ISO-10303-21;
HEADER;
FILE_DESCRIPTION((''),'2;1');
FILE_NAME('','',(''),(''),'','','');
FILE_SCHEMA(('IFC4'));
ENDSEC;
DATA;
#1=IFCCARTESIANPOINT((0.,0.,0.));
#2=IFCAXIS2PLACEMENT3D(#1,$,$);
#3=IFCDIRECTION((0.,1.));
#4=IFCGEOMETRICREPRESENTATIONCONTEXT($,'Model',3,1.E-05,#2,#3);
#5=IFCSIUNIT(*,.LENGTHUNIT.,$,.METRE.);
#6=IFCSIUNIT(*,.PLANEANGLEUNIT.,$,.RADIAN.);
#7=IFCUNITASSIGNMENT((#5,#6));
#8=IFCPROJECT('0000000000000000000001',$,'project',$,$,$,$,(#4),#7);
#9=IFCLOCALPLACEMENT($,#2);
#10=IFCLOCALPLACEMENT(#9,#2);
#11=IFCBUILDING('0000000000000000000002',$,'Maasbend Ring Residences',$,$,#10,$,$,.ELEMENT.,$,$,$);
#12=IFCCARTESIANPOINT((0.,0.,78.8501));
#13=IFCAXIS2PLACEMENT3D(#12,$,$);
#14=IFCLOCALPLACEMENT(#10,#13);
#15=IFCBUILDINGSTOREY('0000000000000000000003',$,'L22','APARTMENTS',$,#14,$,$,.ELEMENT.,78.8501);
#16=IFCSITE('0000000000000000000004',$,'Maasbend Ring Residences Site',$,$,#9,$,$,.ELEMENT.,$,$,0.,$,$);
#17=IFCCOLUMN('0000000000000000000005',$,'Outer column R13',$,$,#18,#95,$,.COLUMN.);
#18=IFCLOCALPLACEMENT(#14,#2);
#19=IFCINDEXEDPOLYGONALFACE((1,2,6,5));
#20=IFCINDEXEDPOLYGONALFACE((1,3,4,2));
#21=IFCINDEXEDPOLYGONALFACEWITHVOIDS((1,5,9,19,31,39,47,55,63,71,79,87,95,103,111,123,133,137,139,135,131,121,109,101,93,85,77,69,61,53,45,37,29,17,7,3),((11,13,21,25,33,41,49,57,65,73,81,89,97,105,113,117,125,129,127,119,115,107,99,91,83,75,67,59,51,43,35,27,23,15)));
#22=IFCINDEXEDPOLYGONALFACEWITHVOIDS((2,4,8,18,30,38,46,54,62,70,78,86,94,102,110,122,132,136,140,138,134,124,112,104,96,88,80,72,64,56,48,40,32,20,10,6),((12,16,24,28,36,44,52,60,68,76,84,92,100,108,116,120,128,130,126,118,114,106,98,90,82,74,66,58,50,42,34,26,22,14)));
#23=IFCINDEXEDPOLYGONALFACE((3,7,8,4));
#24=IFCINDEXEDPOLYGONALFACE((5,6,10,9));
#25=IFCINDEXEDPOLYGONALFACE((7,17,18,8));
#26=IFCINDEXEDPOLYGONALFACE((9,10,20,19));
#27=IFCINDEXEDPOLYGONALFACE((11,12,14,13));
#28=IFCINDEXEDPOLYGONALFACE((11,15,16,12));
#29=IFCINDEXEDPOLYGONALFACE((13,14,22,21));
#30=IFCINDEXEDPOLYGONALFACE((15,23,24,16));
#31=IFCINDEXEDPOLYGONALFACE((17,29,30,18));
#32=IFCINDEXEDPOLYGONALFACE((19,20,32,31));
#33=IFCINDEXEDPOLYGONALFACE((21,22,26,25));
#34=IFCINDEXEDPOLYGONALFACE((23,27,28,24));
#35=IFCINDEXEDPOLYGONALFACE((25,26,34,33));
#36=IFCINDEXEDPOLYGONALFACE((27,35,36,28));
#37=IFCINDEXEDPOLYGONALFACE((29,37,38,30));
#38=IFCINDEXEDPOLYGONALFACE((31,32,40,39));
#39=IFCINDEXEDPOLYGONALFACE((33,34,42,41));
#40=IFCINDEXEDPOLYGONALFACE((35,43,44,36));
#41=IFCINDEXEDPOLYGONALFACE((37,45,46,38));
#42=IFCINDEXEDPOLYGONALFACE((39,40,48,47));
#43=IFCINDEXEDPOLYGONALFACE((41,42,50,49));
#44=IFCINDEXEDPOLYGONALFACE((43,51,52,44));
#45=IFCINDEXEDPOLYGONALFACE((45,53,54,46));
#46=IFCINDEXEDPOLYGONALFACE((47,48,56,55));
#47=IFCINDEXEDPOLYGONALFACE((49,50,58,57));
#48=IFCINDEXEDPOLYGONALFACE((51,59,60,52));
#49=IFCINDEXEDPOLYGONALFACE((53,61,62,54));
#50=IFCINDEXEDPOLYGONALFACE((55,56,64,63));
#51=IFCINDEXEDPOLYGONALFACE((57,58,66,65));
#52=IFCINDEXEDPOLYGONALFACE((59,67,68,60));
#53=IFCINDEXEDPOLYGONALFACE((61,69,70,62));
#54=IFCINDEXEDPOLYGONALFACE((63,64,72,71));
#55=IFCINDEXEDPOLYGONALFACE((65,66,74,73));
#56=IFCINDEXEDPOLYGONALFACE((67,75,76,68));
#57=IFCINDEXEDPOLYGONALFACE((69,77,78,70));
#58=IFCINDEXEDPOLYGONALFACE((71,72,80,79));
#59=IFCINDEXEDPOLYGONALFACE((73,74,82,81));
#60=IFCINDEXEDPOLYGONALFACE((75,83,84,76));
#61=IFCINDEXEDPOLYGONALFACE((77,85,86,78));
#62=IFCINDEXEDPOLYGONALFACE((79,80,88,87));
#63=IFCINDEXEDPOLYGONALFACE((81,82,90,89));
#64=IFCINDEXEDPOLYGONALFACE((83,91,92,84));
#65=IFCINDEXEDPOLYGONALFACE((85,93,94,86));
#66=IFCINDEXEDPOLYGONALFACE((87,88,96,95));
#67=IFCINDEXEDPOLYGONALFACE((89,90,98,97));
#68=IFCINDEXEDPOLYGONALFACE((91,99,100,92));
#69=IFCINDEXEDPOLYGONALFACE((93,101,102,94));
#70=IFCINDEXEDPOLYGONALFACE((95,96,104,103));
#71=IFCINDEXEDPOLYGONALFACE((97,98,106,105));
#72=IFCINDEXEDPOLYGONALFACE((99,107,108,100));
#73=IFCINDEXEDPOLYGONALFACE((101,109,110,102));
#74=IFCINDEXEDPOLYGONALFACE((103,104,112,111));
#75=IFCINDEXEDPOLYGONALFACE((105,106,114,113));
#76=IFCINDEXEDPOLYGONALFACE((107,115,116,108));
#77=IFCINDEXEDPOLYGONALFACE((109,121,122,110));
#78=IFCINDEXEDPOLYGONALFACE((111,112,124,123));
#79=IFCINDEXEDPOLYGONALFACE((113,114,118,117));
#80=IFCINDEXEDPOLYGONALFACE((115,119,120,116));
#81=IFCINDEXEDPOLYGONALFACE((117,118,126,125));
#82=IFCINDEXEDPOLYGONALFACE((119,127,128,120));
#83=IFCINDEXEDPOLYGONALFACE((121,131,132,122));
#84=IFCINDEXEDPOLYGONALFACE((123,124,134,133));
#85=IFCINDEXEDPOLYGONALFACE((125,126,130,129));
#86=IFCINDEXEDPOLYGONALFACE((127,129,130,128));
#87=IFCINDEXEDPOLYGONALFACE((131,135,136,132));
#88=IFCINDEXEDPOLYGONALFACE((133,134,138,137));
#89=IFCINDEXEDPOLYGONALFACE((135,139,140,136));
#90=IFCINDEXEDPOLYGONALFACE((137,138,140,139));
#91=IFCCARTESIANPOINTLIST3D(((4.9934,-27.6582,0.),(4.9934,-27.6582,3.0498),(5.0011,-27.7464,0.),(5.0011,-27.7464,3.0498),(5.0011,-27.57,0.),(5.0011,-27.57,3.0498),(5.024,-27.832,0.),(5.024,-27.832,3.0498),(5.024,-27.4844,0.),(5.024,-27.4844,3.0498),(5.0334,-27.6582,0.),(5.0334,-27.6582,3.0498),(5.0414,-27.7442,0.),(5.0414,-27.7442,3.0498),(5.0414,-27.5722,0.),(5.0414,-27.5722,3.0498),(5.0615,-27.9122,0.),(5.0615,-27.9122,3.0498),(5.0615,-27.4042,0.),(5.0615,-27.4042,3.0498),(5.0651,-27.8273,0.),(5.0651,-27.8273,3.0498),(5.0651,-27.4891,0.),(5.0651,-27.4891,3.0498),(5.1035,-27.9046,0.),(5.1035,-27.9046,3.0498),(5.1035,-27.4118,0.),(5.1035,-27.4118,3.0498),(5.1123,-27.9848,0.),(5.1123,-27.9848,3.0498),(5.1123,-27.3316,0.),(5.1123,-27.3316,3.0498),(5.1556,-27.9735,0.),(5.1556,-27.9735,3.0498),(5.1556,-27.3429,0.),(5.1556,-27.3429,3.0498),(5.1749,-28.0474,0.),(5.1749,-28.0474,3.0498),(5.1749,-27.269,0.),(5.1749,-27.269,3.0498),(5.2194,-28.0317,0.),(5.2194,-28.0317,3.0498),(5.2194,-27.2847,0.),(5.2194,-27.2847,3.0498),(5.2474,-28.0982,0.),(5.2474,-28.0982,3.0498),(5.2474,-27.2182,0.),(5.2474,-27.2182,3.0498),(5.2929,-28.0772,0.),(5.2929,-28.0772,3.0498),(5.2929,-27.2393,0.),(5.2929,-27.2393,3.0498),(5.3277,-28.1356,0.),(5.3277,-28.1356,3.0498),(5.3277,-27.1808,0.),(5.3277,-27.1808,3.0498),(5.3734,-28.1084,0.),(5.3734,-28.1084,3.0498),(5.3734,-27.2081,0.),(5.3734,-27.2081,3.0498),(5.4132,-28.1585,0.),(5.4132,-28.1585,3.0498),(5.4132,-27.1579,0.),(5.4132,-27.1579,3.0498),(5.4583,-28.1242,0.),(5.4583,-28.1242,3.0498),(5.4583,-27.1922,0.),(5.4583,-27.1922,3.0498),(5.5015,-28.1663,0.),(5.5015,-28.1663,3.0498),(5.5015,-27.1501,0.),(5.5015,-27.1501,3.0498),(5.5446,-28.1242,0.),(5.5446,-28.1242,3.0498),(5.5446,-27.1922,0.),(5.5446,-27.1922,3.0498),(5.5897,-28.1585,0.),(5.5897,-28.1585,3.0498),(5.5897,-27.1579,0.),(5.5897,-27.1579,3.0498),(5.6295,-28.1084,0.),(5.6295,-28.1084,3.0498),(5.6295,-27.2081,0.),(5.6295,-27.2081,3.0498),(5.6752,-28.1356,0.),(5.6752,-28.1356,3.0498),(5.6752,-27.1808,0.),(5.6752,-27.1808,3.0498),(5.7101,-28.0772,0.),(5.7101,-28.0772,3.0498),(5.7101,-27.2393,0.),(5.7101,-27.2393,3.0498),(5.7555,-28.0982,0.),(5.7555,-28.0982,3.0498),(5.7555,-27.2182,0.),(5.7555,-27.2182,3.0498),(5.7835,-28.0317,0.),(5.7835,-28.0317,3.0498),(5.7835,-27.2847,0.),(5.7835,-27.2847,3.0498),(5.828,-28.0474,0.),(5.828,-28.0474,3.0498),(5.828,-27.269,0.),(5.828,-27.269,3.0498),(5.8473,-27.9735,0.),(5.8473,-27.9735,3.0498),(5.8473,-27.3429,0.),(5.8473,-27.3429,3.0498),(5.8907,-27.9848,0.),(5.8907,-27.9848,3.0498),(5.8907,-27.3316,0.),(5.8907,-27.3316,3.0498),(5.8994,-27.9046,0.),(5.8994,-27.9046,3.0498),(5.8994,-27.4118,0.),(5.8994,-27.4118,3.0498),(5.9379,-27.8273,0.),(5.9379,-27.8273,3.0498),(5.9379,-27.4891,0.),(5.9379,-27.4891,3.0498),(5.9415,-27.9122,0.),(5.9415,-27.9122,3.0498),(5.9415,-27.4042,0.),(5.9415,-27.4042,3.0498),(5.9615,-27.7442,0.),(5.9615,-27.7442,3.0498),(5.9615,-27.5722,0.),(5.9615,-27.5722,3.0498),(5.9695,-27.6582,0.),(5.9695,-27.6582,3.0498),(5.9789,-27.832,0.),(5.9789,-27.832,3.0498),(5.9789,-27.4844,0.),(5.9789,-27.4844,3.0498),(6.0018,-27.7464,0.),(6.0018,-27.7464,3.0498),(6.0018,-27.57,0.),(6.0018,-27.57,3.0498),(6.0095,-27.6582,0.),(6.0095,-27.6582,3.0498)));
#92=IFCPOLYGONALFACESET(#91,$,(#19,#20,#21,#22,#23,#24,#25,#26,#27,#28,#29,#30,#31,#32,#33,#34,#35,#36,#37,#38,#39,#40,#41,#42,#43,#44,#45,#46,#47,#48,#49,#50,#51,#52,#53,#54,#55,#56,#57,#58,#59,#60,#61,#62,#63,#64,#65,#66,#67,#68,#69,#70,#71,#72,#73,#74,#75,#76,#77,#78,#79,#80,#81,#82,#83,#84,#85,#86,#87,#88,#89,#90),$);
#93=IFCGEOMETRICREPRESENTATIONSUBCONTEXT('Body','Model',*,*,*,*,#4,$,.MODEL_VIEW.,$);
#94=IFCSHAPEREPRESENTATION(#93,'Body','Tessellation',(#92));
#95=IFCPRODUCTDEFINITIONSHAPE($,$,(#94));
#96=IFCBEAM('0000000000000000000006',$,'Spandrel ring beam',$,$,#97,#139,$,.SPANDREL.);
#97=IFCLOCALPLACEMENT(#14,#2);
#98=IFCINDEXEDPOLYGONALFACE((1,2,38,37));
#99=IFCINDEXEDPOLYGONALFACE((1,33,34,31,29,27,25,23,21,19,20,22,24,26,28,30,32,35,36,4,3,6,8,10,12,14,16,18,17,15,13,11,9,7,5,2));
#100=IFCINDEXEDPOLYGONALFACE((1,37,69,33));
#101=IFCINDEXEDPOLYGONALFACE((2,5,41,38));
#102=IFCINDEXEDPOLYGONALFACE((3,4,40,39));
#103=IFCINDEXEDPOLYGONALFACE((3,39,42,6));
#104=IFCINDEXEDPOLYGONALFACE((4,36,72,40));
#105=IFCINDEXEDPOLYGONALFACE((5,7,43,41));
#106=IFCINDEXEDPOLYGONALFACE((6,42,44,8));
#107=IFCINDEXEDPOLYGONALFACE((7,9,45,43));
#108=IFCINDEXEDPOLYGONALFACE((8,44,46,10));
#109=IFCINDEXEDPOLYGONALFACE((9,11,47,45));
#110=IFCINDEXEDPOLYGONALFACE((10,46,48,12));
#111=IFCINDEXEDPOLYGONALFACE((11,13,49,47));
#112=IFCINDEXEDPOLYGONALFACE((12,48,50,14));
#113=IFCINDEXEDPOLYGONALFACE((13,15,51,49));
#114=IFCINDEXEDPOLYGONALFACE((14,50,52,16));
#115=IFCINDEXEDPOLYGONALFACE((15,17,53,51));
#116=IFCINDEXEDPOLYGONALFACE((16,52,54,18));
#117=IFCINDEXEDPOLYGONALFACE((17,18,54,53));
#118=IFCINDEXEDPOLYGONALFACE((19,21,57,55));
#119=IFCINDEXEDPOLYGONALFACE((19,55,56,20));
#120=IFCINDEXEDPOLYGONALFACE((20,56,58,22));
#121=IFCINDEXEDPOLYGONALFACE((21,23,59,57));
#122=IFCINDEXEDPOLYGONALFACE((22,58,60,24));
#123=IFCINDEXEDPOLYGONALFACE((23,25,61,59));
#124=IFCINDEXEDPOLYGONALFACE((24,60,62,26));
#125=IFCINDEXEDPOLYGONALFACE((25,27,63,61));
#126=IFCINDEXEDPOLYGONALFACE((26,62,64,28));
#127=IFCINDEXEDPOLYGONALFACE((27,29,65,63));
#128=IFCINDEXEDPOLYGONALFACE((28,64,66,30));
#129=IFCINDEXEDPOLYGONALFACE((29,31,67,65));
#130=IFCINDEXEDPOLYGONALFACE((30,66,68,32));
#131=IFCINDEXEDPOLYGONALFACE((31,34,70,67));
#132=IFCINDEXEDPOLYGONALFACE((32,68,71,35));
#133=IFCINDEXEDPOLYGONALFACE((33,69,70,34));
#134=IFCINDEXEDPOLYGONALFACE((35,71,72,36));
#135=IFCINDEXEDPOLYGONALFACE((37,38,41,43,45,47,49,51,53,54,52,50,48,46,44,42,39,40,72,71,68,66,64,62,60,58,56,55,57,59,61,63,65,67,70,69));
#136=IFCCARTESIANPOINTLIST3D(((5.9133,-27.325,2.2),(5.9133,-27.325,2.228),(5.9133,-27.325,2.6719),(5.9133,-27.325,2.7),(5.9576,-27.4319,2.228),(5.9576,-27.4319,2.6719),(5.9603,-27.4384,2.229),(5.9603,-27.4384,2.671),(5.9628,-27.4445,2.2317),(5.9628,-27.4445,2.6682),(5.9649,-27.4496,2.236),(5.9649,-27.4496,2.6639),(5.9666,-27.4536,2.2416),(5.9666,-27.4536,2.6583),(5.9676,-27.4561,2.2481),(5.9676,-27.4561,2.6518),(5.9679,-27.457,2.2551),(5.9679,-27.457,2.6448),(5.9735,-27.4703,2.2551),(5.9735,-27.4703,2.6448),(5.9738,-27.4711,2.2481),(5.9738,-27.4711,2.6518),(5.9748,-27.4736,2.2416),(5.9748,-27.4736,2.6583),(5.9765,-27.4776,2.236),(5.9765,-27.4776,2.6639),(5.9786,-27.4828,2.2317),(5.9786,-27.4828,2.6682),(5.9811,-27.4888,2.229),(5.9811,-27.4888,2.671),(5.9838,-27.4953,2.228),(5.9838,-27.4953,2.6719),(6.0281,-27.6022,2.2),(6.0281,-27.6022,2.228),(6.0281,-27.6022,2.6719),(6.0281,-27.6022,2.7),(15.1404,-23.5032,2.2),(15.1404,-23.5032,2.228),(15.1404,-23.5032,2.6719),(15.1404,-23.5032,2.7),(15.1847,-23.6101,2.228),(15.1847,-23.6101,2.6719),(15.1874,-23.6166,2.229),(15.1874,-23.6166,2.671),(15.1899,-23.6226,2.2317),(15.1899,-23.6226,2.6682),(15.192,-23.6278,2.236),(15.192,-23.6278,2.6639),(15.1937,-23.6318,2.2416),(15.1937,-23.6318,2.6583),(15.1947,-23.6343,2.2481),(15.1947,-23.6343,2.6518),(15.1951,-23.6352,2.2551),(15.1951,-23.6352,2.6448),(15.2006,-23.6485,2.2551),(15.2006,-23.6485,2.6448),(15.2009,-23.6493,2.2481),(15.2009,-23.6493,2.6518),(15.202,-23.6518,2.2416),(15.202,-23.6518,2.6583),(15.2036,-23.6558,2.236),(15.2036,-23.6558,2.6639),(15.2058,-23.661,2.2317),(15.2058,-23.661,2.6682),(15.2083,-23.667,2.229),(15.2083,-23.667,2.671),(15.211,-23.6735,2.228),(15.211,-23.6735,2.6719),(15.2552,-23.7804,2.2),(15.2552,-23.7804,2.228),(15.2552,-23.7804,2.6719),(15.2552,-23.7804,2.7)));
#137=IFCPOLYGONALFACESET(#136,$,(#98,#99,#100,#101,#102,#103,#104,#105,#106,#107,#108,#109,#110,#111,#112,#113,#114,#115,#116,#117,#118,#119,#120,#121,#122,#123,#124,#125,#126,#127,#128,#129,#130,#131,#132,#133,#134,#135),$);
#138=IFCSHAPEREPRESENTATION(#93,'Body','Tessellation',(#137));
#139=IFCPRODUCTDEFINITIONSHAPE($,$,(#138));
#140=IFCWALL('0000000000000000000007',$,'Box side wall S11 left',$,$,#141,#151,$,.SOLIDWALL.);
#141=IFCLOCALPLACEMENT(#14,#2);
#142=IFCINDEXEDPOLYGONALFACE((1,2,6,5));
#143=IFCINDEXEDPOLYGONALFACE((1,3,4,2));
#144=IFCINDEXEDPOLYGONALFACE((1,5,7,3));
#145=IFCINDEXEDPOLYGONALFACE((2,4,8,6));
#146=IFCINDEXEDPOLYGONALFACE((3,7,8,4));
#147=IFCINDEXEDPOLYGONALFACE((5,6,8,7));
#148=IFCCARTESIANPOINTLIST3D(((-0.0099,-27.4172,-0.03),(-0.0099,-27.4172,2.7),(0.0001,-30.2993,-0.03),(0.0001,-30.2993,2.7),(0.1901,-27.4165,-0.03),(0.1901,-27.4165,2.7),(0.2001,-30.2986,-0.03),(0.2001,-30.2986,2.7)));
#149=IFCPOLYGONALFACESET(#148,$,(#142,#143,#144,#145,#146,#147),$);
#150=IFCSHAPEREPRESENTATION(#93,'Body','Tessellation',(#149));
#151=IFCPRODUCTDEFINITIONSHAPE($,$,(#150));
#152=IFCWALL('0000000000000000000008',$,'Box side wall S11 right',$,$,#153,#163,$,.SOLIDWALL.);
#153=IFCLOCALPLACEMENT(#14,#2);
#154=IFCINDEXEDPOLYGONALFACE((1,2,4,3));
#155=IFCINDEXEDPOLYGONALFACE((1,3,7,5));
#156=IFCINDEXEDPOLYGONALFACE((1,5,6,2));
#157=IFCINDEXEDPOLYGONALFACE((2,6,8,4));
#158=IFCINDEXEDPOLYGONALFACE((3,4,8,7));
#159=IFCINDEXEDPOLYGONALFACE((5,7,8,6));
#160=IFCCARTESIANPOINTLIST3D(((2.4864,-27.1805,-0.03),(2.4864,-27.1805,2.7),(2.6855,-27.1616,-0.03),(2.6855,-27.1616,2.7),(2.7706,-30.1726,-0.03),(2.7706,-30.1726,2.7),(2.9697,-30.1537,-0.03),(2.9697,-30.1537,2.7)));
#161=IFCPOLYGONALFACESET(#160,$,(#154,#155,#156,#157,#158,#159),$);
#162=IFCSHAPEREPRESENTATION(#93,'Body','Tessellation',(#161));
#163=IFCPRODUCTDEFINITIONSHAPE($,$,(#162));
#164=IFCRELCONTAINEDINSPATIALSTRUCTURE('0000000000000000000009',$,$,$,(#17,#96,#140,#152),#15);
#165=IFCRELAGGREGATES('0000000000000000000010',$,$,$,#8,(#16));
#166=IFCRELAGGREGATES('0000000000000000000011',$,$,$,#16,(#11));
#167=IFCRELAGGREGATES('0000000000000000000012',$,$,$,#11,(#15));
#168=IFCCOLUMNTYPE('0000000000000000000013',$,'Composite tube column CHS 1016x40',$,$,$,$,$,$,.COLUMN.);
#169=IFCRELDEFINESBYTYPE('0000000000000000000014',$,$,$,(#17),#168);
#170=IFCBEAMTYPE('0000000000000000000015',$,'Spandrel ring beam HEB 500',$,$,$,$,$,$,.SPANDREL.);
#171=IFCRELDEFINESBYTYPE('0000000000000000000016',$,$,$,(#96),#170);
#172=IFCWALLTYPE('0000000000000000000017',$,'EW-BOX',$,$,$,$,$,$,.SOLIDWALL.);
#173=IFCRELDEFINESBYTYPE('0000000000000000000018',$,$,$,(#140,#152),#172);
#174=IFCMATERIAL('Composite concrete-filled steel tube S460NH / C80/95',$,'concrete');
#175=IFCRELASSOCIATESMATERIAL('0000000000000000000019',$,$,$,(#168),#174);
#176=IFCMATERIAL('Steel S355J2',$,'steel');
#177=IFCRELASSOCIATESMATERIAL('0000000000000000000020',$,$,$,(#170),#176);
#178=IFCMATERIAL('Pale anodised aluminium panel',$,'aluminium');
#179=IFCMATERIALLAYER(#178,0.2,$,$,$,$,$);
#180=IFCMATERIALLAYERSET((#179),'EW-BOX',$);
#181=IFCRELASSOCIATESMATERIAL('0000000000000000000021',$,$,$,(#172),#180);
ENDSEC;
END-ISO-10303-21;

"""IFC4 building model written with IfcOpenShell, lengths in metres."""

from ifc_helpers import new_model, si_unit, direction, frame, frame_2d, origin, origin_2d, place, context, subcontext, project, spatial, rectangle, hollow_circle, i_section, extrude, material, layer, layer_set, material_profile, profile_set, type_object, element, save


model = new_model("IFC4")

# Units and contexts
model_context = context("Model", 3, precision=1e-05, world=origin(), true_north=direction((0.0, 1.0)))
body_context = subcontext(model_context, "Body", "Model", "MODEL_VIEW")
ifc_project = project(units=[si_unit("LENGTHUNIT", "METRE"), si_unit("PLANEANGLEUNIT", "RADIAN")], contexts=[model_context])

# Site, building, storey
site_placement = place(None, origin())
site = spatial("IfcSite", under=ifc_project, at=site_placement, Name="Maasbend Ring Residences Site", CompositionType="ELEMENT", RefElevation=0.0)
building_placement = place(site_placement, origin())
building = spatial("IfcBuilding", under=site, at=building_placement, Name="Maasbend Ring Residences", CompositionType="ELEMENT")
storey_placement = place(building_placement, frame((0.0, 0.0, 78.8501)))
storey = spatial("IfcBuildingStorey", under=building, at=storey_placement, Name="L22", Description="APARTMENTS", CompositionType="ELEMENT", Elevation=78.8501)

# Column
ifc_material_1 = material(Name="Composite concrete-filled steel tube S460NH / C80/95", Category="concrete")
ifc_material_profile_1 = material_profile(ifc_material_1, hollow_circle(Radius=0.5081, WallThickness=0.04, at=origin_2d()), Name="Composite tube column CHS 1016x40")
ifc_profile_set_1 = profile_set([ifc_material_profile_1], Name="Composite concrete-filled steel tube S460NH / C80/95")
column_type = type_object("IfcColumnType", Name="Composite tube column CHS 1016x40", PredefinedType="COLUMN", material=ifc_profile_set_1)
column_placement = place(storey_placement, frame((5.5015, -27.6582, 0.0), z_axis=(0.0, 0.0, 1.0), x_axis=(1.0, 0.0, 0.0)))
element("IfcColumn", 1, at=column_placement, inside=storey, type_object=column_type, Name="Outer column R13", PredefinedType="COLUMN", context=body_context, shape_type="SweptSolid", body=[
    extrude(hollow_circle(Radius=0.5081, WallThickness=0.04, at=origin_2d()), origin(), (0.0, 0.0, 1.0), 3.0498),
])

# Beam
ifc_material_2 = material(Name="Steel S355J2", Category="steel")
ifc_material_profile_2 = material_profile(ifc_material_2, i_section(OverallWidth=0.3, OverallDepth=0.5, WebThickness=0.0144, FlangeThickness=0.0281, FilletRadius=0.0271, at=origin_2d()), Name="HEB 500")
ifc_profile_set_2 = profile_set([ifc_material_profile_2], Name="Steel S355J2")
beam_type = type_object("IfcBeamType", Name="Spandrel ring beam HEB 500", PredefinedType="SPANDREL", material=ifc_profile_set_2)
beam_placement = place(storey_placement, frame((5.9707, -27.4636, 2.45), z_axis=(0.923886, 0.382667, 0.0), x_axis=(-0.382667, 0.923886, 0.0)))
element("IfcBeam", 2, at=beam_placement, inside=storey, type_object=beam_type, Name="Spandrel ring beam", PredefinedType="SPANDREL", context=body_context, shape_type="SweptSolid", body=[
    extrude(i_section(OverallWidth=0.3, OverallDepth=0.5, WebThickness=0.0144, FlangeThickness=0.0281, FilletRadius=0.0271, at=origin_2d()), origin(), (0.0, 0.0, 1.0), 9.9873),
])

# Walls
ifc_material_3 = material(Name="Pale anodised aluminium panel", Category="aluminium")
ifc_layer_1 = layer(ifc_material_3, 0.2)
ifc_layer_set_1 = layer_set([ifc_layer_1], Name="EW-BOX")
wall_type_1 = type_object("IfcWallType", Name="EW-BOX", PredefinedType="SOLIDWALL", material=ifc_layer_set_1)
wall_1_placement = place(storey_placement, frame((0.0901, -27.417, -0.03), z_axis=(0.0, 0.0, 1.0), x_axis=(0.003473, -0.999994, 0.0)))
element("IfcWall", 3, at=wall_1_placement, inside=storey, type_object=wall_type_1, Name="Box side wall S11 left", PredefinedType="SOLIDWALL", context=body_context, shape_type="SweptSolid", body=[
    extrude(rectangle(XDim=2.8821, YDim=0.2, at=frame_2d((1.4409, 0.0))), origin(), (0.0, 0.0, 1.0), 2.73),
])
wall_2_placement = place(storey_placement, frame((2.5859, -27.1709, -0.03), z_axis=(0.0, 0.0, 1.0), x_axis=(0.094548, -0.99552, 0.0)))
element("IfcWall", 4, at=wall_2_placement, inside=storey, type_object=wall_type_1, Name="Box side wall S11 right", PredefinedType="SOLIDWALL", context=body_context, shape_type="SweptSolid", body=[
    extrude(rectangle(XDim=3.0056, YDim=0.2, at=frame_2d((1.5029, 0.0))), origin(), (0.0, 0.0, 1.0), 2.73),
])

save(model, "model.ifc")
